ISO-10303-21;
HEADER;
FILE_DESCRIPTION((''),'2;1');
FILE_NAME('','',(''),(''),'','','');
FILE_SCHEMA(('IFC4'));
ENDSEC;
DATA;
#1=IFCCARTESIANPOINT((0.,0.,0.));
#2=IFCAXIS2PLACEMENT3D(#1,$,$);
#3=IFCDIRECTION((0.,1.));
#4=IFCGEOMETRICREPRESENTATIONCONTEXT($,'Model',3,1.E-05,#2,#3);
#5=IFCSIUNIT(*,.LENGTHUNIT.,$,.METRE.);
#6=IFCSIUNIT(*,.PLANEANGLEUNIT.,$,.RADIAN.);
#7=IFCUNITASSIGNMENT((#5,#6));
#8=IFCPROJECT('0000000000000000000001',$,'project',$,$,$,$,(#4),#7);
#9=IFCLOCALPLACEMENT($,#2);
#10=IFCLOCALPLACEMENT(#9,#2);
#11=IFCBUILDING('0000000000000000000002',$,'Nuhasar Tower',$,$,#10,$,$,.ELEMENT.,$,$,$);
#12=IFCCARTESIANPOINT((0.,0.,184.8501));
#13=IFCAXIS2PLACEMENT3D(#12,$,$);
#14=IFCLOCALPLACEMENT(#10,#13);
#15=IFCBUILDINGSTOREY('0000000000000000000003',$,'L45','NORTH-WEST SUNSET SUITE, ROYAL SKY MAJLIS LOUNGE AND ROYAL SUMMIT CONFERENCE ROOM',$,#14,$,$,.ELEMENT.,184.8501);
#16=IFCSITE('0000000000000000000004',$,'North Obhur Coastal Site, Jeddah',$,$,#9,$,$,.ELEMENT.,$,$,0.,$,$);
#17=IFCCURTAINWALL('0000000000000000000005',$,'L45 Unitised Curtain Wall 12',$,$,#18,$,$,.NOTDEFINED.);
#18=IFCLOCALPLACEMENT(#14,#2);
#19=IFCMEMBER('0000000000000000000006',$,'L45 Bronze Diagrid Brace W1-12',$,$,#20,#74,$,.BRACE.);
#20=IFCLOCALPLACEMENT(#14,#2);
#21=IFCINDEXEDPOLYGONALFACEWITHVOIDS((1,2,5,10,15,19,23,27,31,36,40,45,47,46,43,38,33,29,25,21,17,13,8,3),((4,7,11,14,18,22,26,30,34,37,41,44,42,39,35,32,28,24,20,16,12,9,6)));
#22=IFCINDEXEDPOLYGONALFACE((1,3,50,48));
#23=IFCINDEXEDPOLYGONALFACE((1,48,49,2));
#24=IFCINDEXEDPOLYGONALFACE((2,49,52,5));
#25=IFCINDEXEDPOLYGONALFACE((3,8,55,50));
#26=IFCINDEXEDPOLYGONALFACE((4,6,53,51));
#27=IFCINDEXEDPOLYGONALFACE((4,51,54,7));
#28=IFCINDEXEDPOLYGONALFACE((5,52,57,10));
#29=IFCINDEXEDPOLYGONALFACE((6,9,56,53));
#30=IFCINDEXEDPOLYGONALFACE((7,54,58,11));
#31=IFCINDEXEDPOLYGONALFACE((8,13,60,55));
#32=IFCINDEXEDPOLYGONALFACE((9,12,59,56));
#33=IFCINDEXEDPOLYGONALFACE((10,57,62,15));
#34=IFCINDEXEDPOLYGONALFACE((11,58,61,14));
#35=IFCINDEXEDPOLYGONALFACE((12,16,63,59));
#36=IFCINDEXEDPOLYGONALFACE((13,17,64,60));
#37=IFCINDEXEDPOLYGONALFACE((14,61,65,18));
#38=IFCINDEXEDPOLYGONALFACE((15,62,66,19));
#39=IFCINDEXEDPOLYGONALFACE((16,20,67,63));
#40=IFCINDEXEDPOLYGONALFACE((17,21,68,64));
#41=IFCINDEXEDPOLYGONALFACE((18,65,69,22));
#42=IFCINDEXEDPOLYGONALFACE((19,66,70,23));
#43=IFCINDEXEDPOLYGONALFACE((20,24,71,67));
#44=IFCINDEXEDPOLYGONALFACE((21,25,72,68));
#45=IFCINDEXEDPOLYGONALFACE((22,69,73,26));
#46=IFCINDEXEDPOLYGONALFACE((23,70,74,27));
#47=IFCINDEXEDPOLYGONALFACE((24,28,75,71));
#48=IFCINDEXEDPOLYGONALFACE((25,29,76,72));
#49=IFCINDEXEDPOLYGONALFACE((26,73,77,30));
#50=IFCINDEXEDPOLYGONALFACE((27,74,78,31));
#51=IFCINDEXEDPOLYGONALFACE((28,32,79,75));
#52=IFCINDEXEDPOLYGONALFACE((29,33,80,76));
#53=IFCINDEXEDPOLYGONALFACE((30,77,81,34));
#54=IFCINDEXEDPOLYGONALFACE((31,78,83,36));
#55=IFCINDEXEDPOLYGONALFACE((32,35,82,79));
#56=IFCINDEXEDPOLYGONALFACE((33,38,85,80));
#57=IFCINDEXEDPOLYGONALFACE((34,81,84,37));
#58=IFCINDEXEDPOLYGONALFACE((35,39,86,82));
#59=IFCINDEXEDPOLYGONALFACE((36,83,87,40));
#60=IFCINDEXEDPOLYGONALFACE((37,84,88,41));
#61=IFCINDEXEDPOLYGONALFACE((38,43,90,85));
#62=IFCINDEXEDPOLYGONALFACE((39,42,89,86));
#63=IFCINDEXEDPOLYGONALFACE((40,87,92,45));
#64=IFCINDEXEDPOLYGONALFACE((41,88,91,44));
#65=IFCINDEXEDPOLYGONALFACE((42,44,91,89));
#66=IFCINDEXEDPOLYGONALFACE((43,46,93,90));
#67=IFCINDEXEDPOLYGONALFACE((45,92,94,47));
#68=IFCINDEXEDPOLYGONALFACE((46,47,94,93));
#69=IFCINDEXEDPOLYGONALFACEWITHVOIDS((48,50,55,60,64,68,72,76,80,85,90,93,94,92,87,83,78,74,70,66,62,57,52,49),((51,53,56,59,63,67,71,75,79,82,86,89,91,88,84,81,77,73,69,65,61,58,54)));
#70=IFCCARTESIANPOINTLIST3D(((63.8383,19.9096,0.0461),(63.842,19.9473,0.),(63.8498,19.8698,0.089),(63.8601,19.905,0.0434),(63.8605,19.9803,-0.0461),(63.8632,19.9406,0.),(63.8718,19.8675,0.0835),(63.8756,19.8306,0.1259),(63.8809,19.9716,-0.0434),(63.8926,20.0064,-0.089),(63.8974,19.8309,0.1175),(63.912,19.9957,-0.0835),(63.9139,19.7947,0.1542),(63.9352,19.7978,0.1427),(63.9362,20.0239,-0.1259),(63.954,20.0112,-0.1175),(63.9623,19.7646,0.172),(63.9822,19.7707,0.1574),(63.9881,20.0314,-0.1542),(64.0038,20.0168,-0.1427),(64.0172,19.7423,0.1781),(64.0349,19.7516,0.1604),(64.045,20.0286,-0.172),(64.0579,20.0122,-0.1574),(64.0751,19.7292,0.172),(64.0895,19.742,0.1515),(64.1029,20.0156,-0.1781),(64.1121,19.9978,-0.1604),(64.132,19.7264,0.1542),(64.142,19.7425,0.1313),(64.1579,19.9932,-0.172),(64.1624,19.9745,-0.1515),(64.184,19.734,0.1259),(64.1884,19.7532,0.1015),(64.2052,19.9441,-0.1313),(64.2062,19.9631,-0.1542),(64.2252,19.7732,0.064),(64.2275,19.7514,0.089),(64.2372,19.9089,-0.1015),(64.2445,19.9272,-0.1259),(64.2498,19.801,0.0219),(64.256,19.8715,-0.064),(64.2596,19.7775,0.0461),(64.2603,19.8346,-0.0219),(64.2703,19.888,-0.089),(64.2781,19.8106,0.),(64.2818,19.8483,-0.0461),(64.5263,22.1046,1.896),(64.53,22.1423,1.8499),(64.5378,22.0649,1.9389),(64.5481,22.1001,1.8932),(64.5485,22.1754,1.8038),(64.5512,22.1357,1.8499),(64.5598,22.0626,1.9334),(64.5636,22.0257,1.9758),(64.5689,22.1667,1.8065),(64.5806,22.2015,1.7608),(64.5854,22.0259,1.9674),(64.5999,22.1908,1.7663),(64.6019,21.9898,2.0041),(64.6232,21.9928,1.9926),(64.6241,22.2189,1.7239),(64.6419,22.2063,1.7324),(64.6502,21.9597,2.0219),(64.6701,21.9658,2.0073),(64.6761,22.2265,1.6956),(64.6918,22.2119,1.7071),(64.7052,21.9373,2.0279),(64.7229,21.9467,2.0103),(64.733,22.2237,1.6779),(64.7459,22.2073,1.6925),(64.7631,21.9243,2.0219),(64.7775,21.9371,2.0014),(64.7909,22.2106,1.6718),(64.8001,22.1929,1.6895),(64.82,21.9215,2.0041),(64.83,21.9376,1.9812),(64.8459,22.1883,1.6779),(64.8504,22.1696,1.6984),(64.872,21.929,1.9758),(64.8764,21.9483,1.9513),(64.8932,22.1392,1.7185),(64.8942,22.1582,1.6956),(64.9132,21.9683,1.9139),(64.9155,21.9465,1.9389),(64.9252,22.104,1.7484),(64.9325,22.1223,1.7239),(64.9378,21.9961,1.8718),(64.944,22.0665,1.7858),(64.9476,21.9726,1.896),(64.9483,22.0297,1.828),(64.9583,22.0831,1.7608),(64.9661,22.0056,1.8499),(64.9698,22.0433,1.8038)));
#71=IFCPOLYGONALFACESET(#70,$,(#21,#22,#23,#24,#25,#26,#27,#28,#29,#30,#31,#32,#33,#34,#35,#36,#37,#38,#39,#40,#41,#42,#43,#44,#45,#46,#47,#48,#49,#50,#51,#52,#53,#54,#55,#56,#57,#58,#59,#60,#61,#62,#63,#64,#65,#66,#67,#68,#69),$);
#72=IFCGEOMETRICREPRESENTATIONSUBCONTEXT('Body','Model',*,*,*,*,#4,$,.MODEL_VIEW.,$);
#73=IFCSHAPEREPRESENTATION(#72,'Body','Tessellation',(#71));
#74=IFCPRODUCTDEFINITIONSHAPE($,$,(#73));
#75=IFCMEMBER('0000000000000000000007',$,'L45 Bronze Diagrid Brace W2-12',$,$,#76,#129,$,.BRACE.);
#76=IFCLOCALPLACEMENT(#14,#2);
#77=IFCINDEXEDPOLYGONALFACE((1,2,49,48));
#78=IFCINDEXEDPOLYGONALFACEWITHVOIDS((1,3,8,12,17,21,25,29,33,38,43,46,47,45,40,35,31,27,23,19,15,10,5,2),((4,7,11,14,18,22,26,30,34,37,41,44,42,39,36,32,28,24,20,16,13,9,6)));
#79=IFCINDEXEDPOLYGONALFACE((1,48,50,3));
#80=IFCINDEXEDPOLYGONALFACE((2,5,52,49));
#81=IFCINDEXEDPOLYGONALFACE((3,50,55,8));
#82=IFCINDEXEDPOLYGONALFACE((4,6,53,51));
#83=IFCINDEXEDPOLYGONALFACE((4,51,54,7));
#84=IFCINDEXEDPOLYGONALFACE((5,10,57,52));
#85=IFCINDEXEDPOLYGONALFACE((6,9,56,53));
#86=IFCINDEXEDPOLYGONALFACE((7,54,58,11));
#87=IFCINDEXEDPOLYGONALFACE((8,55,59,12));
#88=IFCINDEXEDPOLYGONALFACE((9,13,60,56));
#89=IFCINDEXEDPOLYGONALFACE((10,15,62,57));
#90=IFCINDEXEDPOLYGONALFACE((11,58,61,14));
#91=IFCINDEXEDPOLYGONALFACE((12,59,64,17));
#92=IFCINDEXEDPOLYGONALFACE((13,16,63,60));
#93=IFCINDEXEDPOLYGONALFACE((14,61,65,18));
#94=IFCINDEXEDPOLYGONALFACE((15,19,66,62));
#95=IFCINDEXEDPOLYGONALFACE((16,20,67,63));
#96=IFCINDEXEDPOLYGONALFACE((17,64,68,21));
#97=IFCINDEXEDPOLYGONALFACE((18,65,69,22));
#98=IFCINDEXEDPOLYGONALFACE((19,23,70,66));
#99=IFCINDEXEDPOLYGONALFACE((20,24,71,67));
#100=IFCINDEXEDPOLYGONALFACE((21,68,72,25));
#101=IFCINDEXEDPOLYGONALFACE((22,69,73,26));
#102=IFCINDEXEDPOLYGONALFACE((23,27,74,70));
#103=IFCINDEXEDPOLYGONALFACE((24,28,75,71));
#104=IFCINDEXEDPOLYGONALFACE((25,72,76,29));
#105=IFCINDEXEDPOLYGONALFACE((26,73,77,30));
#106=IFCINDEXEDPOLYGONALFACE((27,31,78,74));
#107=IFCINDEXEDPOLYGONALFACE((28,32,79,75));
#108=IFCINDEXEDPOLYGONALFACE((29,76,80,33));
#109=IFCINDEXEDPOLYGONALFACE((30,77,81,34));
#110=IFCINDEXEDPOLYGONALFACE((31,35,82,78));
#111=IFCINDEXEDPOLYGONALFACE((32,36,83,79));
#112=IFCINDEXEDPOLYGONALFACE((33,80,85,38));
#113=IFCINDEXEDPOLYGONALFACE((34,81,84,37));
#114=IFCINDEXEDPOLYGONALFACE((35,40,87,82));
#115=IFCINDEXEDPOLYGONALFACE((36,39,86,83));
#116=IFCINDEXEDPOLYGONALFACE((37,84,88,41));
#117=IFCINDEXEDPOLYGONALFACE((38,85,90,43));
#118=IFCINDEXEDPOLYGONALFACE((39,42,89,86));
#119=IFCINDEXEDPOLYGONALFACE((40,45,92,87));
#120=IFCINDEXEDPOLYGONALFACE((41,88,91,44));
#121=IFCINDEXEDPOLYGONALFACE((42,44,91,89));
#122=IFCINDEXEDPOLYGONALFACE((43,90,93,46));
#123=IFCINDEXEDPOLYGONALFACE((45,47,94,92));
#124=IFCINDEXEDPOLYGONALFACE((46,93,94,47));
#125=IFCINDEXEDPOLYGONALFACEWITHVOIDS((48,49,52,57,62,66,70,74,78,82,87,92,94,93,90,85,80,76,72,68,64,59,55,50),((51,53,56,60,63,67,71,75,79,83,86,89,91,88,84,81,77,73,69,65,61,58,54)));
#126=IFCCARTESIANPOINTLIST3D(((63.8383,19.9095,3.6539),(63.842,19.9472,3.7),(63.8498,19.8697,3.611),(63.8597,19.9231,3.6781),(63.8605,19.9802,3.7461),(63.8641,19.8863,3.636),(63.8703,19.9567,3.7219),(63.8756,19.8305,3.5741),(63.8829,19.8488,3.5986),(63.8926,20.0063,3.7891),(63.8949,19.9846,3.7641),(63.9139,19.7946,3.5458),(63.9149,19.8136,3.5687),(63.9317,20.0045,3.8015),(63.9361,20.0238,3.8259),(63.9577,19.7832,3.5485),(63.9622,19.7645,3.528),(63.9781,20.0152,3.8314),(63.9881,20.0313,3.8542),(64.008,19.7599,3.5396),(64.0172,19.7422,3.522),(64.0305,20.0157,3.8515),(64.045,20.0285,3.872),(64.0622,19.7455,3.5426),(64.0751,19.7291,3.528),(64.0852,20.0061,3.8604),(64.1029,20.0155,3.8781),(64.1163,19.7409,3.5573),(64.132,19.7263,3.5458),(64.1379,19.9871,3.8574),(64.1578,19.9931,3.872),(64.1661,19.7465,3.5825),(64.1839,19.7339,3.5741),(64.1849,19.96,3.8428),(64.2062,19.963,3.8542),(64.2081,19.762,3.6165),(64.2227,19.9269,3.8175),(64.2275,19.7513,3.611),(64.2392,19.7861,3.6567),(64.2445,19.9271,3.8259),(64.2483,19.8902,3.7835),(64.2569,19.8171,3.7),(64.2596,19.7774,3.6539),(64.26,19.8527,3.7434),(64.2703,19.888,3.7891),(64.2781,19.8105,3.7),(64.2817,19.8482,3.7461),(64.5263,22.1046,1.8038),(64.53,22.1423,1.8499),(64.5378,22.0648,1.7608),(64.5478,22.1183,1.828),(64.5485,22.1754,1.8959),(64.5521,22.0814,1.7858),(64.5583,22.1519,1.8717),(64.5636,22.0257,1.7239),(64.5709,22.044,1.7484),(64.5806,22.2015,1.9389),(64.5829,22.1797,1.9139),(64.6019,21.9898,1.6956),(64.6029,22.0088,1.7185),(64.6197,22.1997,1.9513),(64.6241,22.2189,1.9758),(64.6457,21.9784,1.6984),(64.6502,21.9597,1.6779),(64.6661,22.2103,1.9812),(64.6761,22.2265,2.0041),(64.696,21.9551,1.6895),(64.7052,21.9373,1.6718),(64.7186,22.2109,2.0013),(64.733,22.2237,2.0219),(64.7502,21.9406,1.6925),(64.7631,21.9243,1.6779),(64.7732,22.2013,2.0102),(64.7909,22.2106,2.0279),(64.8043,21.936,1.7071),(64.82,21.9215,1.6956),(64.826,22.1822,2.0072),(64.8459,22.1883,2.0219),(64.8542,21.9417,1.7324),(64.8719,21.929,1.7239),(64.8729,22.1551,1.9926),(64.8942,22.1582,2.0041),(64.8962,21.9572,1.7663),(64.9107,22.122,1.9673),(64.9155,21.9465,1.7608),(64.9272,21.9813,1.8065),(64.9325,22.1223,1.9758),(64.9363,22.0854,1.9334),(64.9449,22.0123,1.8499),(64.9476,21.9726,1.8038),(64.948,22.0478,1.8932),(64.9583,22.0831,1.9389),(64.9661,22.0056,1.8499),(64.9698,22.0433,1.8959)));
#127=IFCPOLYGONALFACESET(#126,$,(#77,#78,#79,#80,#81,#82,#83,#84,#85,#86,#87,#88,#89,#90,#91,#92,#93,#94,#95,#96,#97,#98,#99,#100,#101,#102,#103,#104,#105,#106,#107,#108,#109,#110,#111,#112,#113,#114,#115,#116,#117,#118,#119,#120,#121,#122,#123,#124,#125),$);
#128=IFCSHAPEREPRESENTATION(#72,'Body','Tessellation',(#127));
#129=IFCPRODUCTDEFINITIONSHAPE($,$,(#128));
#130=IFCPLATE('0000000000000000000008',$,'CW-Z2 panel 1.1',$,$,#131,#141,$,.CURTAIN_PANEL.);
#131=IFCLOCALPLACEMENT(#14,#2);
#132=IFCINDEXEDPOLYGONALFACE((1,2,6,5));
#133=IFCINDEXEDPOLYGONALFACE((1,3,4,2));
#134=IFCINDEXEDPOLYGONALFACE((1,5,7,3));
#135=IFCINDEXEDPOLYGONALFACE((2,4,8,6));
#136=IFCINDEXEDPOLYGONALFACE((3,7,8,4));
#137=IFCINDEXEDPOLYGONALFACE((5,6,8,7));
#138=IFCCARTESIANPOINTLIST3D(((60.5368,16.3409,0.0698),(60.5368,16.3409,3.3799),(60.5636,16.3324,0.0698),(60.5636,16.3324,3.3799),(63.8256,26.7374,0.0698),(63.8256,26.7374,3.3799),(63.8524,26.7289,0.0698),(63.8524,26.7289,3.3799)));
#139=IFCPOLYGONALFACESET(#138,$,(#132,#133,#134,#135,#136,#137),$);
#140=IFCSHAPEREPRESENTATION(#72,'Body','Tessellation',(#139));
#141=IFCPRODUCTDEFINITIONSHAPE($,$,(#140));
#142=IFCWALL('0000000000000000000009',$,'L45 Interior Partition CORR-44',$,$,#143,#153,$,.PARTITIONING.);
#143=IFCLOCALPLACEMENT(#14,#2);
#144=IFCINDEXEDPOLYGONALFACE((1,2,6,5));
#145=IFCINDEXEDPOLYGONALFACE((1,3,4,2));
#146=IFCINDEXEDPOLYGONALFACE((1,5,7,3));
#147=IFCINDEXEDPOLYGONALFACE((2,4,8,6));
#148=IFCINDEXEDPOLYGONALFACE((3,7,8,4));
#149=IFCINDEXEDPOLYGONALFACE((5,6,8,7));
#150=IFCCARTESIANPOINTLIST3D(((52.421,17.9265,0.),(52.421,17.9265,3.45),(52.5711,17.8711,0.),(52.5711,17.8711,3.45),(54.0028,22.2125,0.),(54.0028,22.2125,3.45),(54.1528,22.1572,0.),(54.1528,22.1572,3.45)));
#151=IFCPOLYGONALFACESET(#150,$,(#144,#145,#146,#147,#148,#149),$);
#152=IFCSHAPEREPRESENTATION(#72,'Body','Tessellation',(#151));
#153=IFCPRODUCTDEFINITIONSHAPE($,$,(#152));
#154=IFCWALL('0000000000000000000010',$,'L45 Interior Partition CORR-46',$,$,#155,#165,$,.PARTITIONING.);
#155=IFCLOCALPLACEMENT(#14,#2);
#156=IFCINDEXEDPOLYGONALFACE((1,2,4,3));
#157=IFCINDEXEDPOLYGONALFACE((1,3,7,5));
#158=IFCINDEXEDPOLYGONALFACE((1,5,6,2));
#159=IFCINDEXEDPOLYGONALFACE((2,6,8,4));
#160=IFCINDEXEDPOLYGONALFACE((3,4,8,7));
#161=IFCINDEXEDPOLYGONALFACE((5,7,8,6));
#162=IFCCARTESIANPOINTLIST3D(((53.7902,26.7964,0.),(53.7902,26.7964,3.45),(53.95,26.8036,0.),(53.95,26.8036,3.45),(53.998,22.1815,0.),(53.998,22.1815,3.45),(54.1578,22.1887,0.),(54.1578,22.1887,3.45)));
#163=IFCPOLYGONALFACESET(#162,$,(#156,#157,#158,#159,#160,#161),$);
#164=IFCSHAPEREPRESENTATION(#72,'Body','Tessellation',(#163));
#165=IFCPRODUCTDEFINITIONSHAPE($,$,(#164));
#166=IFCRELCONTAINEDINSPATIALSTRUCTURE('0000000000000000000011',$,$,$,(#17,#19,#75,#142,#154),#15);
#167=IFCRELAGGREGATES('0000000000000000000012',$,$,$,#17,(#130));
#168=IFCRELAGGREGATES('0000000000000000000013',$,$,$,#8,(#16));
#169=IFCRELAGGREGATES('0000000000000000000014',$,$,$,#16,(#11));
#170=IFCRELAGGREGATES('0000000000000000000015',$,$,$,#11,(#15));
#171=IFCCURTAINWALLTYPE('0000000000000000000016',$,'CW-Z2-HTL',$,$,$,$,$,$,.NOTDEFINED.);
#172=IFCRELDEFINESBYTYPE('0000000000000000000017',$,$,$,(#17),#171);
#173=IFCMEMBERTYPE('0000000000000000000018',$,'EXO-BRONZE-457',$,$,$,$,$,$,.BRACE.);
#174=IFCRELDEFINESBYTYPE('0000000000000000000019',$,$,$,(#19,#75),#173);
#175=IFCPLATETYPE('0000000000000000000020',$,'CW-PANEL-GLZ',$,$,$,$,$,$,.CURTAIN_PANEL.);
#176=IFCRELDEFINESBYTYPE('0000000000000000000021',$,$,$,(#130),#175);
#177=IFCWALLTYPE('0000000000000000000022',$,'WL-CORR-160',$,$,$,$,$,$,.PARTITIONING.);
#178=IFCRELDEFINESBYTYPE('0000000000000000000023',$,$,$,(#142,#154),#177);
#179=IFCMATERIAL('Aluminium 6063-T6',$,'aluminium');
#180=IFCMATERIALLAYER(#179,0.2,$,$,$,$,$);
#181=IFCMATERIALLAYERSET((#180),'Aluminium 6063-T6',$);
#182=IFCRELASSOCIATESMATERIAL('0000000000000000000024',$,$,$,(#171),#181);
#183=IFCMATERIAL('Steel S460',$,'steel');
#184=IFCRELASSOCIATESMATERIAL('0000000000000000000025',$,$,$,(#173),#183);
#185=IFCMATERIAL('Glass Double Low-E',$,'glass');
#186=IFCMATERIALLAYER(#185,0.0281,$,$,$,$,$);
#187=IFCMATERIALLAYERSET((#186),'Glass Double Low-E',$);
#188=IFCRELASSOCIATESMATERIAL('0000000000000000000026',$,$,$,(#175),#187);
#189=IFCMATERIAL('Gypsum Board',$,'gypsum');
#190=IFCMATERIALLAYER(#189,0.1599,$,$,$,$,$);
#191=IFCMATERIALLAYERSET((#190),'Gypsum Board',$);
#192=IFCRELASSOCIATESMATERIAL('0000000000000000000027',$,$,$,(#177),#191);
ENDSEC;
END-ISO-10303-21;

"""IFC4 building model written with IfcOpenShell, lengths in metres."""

from ifc_helpers import new_model, si_unit, direction, frame, frame_2d, origin, origin_2d, place, context, subcontext, project, spatial, rectangle, hollow_circle, extrude, material, layer, layer_set, material_profile, profile_set, type_object, element, aggregate, save


model = new_model("IFC4")

# Units and contexts
model_context = context("Model", 3, precision=1e-05, world=origin(), true_north=direction((0.0, 1.0)))
body_context = subcontext(model_context, "Body", "Model", "MODEL_VIEW")
ifc_project = project(units=[si_unit("LENGTHUNIT", "METRE"), si_unit("PLANEANGLEUNIT", "RADIAN")], contexts=[model_context])

# Site, building, storey
site_placement = place(None, origin())
site = spatial("IfcSite", under=ifc_project, at=site_placement, Name="North Obhur Coastal Site, Jeddah", CompositionType="ELEMENT", RefElevation=0.0)
building_placement = place(site_placement, origin())
building = spatial("IfcBuilding", under=site, at=building_placement, Name="Nuhasar Tower", CompositionType="ELEMENT")
storey_placement = place(building_placement, frame((0.0, 0.0, 184.8501)))
storey = spatial("IfcBuildingStorey", under=building, at=storey_placement, Name="L45", Description="NORTH-WEST SUNSET SUITE, ROYAL SKY MAJLIS LOUNGE AND ROYAL SUMMIT CONFERENCE ROOM", CompositionType="ELEMENT", Elevation=184.8501)

# Curtain wall
ifc_material_1 = material(Name="Aluminium 6063-T6", Category="aluminium")
ifc_layer_1 = layer(ifc_material_1, 0.2)
ifc_layer_set_1 = layer_set([ifc_layer_1], Name="Aluminium 6063-T6")
curtain_wall_type = type_object("IfcCurtainWallType", Name="CW-Z2-HTL", PredefinedType="NOTDEFINED", material=ifc_layer_set_1)
curtain_wall_placement = place(storey_placement, origin())
curtain_wall = element("IfcCurtainWall", 1, at=curtain_wall_placement, inside=storey, type_object=curtain_wall_type, Name="L45 Unitised Curtain Wall 12", PredefinedType="NOTDEFINED")

# Members
ifc_material_2 = material(Name="Steel S460", Category="steel")
ifc_material_profile_1 = material_profile(ifc_material_2, hollow_circle(Radius=0.2285, WallThickness=0.0222, at=origin_2d()), Name="HSS457X22.2")
ifc_profile_set_1 = profile_set([ifc_material_profile_1], Name="Steel S460")
member_type_1 = type_object("IfcMemberType", Name="EXO-BRONZE-457", PredefinedType="BRACE", material=ifc_profile_set_1)
member_1_placement = place(storey_placement, frame((64.0601, 19.8789, 0.0), z_axis=(0.233068, 0.743616, 0.626669), x_axis=(-0.954228, 0.299079, 0.0)))
element("IfcMember", 2, at=member_1_placement, inside=storey, type_object=member_type_1, Name="L45 Bronze Diagrid Brace W1-12", PredefinedType="BRACE", context=body_context, shape_type="SweptSolid", body=[
    extrude(hollow_circle(Radius=0.2285, WallThickness=0.0222, at=origin_2d()), origin(), (0.0, 0.0, 1.0), 2.9519),
])
member_2_placement = place(storey_placement, frame((64.748, 22.074, 1.8499), z_axis=(-0.233056, -0.743578, 0.626719), x_axis=(0.954228, -0.299079, 0.0)))
element("IfcMember", 3, at=member_2_placement, inside=storey, type_object=member_type_1, Name="L45 Bronze Diagrid Brace W2-12", PredefinedType="BRACE", context=body_context, shape_type="SweptSolid", body=[
    extrude(hollow_circle(Radius=0.2285, WallThickness=0.0222, at=origin_2d()), origin(), (0.0, 0.0, 1.0), 2.9521),
])

# Plate
ifc_material_3 = material(Name="Glass Double Low-E", Category="glass")
ifc_layer_2 = layer(ifc_material_3, 0.0281)
ifc_layer_set_2 = layer_set([ifc_layer_2], Name="Glass Double Low-E")
plate_type = type_object("IfcPlateType", Name="CW-PANEL-GLZ", PredefinedType="CURTAIN_PANEL", material=ifc_layer_set_2)
plate_placement = place(storey_placement, frame((62.1946, 21.5349, 0.0698), z_axis=(0.0, 0.0, 1.0), x_axis=(0.301604, 0.953433, 0.0)))
plate = element("IfcPlate", 4, at=plate_placement, type_object=plate_type, Name="CW-Z2 panel 1.1", PredefinedType="CURTAIN_PANEL", context=body_context, shape_type="SweptSolid", body=[
    extrude(rectangle(XDim=10.9043, YDim=0.0281, at=origin_2d()), origin(), (0.0, 0.0, 1.0), 3.3101),
])
aggregate(curtain_wall, [plate])

# Shared definitions
ifc_material_4 = material(Name="Gypsum Board", Category="gypsum")
ifc_layer_3 = layer(ifc_material_4, 0.1599)
ifc_layer_set_3 = layer_set([ifc_layer_3], Name="Gypsum Board")
wall_type_1 = type_object("IfcWallType", Name="WL-CORR-160", PredefinedType="PARTITIONING", material=ifc_layer_set_3)

# Walls
wall_1_placement = place(storey_placement, frame((52.4961, 17.8989, 0.0), z_axis=(0.0, 0.0, 1.0), x_axis=(0.346223, 0.938152, 0.0)))
element("IfcWall", 5, at=wall_1_placement, inside=storey, type_object=wall_type_1, Name="L45 Interior Partition CORR-44", PredefinedType="PARTITIONING", context=body_context, shape_type="SweptSolid", body=[
    extrude(rectangle(XDim=4.5686, YDim=0.1599, at=frame_2d((2.2842, 0.0))), origin(), (0.0, 0.0, 1.0), 3.45),
])
wall_2_placement = place(storey_placement, frame((54.0779, 22.1851, 0.0), z_axis=(0.0, 0.0, 1.0), x_axis=(-0.044974, 0.998988, 0.0)))
element("IfcWall", 6, at=wall_2_placement, inside=storey, type_object=wall_type_1, Name="L45 Interior Partition CORR-46", PredefinedType="PARTITIONING", context=body_context, shape_type="SweptSolid", body=[
    extrude(rectangle(XDim=4.6196, YDim=0.1599, at=frame_2d((2.3098, 0.0))), origin(), (0.0, 0.0, 1.0), 3.45),
])

save(model, "model.ifc")
